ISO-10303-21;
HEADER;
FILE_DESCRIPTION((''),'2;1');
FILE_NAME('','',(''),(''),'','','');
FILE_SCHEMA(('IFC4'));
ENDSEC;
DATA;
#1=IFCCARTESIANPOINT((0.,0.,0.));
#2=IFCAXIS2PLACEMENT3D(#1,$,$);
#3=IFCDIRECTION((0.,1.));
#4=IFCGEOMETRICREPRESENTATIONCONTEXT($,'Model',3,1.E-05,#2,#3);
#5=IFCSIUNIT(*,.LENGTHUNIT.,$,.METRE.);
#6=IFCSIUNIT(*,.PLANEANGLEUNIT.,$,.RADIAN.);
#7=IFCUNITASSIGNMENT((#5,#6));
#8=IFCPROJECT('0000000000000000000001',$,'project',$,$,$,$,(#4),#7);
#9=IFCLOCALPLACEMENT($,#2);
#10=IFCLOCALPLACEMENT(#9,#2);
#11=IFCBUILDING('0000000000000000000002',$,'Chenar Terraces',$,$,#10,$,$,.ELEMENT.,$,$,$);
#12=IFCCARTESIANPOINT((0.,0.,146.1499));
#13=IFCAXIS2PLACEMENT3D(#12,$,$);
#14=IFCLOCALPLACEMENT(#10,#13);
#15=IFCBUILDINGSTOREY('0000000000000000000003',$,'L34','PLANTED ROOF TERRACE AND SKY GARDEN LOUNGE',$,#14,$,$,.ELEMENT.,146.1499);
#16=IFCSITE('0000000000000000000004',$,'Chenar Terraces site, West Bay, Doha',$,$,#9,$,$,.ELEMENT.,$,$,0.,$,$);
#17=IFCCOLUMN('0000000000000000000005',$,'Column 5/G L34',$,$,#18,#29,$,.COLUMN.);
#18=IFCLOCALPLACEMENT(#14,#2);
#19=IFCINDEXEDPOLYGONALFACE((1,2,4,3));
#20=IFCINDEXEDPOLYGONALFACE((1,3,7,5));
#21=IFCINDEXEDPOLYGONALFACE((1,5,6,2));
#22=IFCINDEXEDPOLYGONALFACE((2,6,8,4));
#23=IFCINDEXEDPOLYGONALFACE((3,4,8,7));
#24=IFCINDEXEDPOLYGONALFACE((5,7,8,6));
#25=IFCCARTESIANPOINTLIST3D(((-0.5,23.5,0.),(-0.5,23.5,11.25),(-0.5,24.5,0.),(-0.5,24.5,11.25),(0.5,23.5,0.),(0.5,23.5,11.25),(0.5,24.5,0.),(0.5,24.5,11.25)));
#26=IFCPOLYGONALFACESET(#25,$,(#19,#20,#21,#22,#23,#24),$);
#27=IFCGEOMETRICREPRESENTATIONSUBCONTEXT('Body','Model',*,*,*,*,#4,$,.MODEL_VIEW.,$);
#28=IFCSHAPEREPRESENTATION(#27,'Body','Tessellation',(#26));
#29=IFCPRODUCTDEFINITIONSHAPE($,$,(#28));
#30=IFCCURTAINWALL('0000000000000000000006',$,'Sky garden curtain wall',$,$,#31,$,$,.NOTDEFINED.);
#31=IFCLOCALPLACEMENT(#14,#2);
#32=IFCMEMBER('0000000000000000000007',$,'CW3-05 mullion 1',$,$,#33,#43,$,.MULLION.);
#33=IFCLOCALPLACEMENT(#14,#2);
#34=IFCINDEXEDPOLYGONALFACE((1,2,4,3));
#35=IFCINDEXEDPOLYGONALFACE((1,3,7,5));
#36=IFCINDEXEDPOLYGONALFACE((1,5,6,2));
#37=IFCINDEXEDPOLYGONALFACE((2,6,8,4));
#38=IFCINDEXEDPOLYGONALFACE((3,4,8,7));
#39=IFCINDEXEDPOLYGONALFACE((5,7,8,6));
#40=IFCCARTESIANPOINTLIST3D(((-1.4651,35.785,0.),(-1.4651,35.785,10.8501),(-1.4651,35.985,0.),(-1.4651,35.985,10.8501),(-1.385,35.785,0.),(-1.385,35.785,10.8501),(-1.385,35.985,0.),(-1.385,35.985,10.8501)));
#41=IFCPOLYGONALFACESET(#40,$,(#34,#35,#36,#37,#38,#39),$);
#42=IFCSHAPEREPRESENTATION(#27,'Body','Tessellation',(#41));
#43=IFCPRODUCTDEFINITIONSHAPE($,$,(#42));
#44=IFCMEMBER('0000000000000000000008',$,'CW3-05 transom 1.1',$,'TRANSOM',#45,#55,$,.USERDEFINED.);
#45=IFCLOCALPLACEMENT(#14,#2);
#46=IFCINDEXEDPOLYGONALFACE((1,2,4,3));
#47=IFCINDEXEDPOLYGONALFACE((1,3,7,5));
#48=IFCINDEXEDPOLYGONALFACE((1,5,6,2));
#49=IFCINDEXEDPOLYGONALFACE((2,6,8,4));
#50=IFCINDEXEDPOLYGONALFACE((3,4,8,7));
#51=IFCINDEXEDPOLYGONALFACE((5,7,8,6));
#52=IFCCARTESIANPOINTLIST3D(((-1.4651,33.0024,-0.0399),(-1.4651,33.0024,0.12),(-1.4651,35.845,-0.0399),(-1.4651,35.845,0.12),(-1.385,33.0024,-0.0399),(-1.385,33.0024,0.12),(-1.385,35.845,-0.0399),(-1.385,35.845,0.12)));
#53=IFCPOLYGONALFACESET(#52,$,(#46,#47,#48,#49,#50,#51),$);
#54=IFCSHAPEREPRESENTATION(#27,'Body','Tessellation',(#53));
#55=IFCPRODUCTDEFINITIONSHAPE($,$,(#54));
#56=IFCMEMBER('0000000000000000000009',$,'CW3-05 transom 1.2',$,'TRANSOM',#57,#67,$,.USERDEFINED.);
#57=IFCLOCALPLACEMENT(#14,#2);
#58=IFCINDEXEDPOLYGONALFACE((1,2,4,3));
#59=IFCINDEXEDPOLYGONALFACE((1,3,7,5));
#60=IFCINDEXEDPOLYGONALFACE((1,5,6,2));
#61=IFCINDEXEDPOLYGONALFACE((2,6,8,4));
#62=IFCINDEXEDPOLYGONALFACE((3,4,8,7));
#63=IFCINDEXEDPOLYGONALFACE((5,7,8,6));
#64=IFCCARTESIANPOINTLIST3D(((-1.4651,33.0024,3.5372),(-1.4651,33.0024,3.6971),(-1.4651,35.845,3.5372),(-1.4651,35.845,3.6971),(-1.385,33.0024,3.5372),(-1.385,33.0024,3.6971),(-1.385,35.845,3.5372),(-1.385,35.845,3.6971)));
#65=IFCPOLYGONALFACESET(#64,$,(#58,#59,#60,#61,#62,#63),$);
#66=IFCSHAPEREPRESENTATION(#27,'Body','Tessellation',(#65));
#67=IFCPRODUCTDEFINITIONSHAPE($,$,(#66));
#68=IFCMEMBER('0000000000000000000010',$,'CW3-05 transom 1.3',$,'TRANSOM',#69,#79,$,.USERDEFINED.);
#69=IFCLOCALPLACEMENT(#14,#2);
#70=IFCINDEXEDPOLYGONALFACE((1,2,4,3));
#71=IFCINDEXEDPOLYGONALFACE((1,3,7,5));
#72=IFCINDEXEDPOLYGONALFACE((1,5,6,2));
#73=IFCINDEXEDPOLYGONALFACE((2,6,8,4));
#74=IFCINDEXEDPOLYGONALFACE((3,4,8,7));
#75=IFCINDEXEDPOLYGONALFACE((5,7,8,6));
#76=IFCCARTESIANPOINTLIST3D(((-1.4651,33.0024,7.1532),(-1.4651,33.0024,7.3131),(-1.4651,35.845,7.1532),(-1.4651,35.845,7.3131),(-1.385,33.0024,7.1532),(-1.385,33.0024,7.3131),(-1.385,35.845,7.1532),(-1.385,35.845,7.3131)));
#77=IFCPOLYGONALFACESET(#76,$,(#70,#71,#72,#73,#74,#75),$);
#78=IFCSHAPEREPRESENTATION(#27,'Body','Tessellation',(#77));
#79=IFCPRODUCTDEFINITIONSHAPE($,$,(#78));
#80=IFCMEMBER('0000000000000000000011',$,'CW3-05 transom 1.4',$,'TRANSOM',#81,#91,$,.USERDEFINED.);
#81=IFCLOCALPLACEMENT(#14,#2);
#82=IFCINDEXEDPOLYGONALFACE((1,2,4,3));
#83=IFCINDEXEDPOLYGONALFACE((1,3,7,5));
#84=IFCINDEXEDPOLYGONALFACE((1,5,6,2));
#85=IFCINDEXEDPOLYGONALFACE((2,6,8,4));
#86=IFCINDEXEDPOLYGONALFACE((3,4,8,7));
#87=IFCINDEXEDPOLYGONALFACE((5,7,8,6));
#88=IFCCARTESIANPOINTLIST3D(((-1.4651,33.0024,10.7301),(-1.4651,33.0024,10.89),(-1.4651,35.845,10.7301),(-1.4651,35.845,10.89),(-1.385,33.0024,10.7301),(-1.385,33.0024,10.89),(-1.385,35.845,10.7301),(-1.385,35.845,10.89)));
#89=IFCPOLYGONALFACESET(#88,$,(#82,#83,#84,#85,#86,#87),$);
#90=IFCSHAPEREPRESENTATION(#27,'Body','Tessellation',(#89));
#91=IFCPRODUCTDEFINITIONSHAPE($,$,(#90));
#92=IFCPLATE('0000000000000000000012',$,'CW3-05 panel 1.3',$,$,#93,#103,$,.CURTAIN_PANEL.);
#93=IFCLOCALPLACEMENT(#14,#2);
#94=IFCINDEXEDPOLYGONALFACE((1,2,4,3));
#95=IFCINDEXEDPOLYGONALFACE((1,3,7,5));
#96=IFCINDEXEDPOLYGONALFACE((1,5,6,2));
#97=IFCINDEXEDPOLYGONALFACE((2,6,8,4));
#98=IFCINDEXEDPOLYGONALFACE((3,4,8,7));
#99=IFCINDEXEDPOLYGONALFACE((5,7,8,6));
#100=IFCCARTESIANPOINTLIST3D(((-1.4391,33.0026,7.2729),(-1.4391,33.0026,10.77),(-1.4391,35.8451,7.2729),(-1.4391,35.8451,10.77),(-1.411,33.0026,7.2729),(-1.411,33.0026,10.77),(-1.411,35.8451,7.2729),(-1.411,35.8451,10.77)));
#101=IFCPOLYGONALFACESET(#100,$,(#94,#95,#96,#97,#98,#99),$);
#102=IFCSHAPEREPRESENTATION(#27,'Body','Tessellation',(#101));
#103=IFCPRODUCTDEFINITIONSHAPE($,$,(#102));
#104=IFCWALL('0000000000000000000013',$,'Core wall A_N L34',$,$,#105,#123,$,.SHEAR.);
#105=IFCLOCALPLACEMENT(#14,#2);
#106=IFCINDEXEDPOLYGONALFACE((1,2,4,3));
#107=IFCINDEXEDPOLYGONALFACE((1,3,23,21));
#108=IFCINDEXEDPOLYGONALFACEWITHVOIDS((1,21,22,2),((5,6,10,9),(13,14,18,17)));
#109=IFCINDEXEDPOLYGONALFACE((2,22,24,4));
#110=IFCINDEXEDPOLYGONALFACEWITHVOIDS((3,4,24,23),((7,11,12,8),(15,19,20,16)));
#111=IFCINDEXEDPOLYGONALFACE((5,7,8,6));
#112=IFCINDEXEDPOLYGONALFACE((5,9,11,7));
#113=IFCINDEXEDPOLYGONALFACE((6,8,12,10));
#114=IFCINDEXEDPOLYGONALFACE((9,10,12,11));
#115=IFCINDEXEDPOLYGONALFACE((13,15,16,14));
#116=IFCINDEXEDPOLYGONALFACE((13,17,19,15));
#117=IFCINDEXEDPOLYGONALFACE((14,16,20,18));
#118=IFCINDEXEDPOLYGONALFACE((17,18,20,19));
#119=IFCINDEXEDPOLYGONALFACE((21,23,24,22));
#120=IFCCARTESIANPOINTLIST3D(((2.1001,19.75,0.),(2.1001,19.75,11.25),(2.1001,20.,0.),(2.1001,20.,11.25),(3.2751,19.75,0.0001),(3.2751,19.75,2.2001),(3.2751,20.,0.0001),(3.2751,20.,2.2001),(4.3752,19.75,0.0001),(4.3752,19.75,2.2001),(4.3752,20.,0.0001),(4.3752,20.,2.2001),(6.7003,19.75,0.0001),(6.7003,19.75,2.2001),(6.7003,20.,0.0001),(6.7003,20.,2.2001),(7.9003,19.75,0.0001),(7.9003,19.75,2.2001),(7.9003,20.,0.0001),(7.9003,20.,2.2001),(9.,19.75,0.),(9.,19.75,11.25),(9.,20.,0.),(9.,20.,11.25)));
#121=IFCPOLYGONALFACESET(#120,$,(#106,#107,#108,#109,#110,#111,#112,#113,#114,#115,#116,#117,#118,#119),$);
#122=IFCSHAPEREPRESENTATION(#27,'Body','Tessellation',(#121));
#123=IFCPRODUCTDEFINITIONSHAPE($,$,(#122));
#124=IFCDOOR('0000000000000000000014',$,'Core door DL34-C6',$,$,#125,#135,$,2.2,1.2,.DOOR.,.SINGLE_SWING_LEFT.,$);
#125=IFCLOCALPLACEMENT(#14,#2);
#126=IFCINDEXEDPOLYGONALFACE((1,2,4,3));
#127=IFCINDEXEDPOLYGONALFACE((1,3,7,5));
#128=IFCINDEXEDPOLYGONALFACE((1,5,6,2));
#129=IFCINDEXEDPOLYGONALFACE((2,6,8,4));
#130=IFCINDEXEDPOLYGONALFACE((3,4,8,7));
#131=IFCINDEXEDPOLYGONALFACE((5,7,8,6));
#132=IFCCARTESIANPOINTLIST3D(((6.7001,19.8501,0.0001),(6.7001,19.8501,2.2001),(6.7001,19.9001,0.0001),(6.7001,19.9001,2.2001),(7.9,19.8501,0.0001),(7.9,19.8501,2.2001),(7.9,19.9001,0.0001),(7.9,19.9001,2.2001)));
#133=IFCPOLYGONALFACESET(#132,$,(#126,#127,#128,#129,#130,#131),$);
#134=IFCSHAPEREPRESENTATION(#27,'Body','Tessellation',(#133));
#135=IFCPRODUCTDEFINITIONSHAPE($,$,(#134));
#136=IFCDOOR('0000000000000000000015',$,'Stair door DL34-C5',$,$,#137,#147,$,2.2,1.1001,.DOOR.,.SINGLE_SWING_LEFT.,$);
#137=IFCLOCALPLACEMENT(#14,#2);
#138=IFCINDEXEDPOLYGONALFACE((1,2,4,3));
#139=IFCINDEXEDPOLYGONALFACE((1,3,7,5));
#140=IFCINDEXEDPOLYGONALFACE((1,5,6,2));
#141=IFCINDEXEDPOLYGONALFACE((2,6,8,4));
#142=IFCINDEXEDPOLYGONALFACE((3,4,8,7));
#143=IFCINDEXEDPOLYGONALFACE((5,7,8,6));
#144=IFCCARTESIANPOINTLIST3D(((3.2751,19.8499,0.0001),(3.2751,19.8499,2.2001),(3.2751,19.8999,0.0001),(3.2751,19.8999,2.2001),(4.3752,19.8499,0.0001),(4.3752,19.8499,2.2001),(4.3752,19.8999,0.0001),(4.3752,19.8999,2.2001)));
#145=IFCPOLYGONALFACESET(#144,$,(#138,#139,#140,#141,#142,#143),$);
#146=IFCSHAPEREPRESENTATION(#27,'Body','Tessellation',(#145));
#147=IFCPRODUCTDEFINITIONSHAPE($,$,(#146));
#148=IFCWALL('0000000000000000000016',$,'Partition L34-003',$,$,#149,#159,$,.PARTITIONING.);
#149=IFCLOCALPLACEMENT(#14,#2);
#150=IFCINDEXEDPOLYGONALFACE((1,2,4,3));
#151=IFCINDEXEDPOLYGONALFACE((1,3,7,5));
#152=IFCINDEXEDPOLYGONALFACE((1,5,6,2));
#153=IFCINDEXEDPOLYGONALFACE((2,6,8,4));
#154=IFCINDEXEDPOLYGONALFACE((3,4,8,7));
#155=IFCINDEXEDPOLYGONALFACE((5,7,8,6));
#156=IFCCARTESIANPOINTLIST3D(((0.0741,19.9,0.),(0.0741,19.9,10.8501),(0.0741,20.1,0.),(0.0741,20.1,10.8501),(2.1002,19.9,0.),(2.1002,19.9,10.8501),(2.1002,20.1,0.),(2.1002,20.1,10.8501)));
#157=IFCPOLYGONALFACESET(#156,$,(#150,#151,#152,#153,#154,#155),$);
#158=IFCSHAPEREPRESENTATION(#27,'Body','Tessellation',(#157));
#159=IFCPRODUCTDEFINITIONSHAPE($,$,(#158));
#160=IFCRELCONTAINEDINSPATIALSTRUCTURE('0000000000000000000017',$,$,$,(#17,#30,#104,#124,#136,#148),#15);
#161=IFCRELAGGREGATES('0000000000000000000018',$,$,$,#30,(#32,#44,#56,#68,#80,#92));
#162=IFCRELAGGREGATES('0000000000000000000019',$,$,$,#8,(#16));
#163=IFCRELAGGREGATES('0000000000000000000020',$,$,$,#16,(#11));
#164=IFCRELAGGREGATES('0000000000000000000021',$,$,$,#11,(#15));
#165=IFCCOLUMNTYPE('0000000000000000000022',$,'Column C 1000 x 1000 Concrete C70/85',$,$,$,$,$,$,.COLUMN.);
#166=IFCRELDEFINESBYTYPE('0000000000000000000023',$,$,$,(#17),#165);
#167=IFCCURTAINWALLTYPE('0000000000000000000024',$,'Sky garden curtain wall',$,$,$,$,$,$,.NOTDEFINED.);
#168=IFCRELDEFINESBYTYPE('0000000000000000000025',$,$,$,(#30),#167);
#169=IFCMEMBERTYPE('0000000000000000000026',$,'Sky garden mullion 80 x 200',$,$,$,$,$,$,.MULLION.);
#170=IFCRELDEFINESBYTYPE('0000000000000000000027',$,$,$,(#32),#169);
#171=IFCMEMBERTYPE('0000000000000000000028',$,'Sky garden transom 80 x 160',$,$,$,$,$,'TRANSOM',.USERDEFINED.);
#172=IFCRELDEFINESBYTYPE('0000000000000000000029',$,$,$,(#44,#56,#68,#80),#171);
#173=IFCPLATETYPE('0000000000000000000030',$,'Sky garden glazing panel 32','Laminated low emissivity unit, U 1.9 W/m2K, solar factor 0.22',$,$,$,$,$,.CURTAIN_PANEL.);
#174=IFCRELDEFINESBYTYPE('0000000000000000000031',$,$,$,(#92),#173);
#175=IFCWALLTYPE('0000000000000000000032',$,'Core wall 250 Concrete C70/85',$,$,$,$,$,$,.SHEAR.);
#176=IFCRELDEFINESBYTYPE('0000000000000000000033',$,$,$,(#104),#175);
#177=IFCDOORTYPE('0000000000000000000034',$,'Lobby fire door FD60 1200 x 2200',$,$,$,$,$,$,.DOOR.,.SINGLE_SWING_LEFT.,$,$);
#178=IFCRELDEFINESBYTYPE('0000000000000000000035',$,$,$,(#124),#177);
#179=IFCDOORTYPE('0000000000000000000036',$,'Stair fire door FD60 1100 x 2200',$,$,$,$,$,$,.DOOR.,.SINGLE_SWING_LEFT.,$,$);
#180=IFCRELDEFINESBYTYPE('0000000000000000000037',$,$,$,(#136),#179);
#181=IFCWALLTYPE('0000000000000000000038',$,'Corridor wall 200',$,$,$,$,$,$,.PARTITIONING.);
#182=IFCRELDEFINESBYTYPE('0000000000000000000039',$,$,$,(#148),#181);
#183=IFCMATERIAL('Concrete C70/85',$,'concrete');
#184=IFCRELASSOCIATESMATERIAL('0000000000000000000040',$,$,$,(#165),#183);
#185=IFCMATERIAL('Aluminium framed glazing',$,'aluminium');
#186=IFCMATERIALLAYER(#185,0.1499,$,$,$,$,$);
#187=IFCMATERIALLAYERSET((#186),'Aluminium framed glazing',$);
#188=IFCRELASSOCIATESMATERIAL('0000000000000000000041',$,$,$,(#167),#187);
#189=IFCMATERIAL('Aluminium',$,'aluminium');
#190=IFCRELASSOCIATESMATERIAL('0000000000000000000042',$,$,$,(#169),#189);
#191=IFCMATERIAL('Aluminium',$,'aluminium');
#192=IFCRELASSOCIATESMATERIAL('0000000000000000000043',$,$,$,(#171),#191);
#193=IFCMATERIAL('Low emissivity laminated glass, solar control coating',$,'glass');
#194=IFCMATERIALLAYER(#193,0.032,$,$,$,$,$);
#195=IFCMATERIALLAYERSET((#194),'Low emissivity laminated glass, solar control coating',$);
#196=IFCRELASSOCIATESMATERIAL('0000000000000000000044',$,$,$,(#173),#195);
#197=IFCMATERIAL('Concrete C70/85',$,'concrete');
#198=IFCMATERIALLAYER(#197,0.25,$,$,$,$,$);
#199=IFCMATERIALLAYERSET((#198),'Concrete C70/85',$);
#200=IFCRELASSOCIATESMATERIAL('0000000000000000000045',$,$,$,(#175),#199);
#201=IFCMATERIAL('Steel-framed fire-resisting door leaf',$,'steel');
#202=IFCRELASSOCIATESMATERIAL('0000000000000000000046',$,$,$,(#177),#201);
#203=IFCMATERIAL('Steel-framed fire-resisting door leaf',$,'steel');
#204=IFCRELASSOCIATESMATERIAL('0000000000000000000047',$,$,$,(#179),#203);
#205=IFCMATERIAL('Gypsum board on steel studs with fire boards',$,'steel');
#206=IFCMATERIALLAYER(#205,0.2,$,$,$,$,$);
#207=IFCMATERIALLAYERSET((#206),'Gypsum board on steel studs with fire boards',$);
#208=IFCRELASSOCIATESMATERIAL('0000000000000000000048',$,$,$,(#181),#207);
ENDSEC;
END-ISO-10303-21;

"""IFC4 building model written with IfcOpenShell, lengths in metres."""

from ifc_helpers import new_model, si_unit, direction, frame, frame_2d, origin, origin_2d, place, context, subcontext, project, spatial, rectangle, extrude, material, layer, layer_set, material_profile, profile_set, type_object, element, fill, aggregate, save


model = new_model("IFC4")

# Units and contexts
model_context = context("Model", 3, precision=1e-05, world=origin(), true_north=direction((0.0, 1.0)))
body_context = subcontext(model_context, "Body", "Model", "MODEL_VIEW")
ifc_project = project(units=[si_unit("LENGTHUNIT", "METRE"), si_unit("PLANEANGLEUNIT", "RADIAN")], contexts=[model_context])

# Site, building, storey
site_placement = place(None, origin())
site = spatial("IfcSite", under=ifc_project, at=site_placement, Name="Chenar Terraces site, West Bay, Doha", CompositionType="ELEMENT", RefElevation=0.0)
building_placement = place(site_placement, origin())
building = spatial("IfcBuilding", under=site, at=building_placement, Name="Chenar Terraces", CompositionType="ELEMENT")
storey_placement = place(building_placement, frame((0.0, 0.0, 146.1499)))
storey = spatial("IfcBuildingStorey", under=building, at=storey_placement, Name="L34", Description="PLANTED ROOF TERRACE AND SKY GARDEN LOUNGE", CompositionType="ELEMENT", Elevation=146.1499)

# Column
ifc_material_1 = material(Name="Concrete C70/85", Category="concrete")
ifc_material_profile_1 = material_profile(ifc_material_1, rectangle(XDim=1.0, YDim=1.0, at=origin_2d()), Name="C 1000 x 1000")
ifc_profile_set_1 = profile_set([ifc_material_profile_1], Name="Concrete C70/85")
column_type = type_object("IfcColumnType", Name="Column C 1000 x 1000 Concrete C70/85", PredefinedType="COLUMN", material=ifc_profile_set_1)
column_placement = place(storey_placement, frame((0.0, 24.0, 0.0), z_axis=(0.0, 0.0, 1.0), x_axis=(1.0, 0.0, 0.0)))
element("IfcColumn", 1, at=column_placement, inside=storey, type_object=column_type, Name="Column 5/G L34", PredefinedType="COLUMN", context=body_context, shape_type="SweptSolid", body=[
    extrude(rectangle(XDim=1.0, YDim=1.0, at=origin_2d()), origin(), (0.0, 0.0, 1.0), 11.25),
])

# Curtain wall, members, plate
ifc_material_2 = material(Name="Aluminium framed glazing", Category="aluminium")
ifc_layer_1 = layer(ifc_material_2, 0.1499)
ifc_layer_set_1 = layer_set([ifc_layer_1], Name="Aluminium framed glazing")
curtain_wall_type = type_object("IfcCurtainWallType", Name="Sky garden curtain wall", PredefinedType="NOTDEFINED", material=ifc_layer_set_1)
placement = place(storey_placement, origin())
curtain_wall = element("IfcCurtainWall", 2, at=placement, inside=storey, type_object=curtain_wall_type, Name="Sky garden curtain wall", PredefinedType="NOTDEFINED")
ifc_material_3 = material(Name="Aluminium", Category="aluminium")
ifc_material_profile_2 = material_profile(ifc_material_3, rectangle(XDim=0.0801, YDim=0.2, at=origin_2d()), Name="Sky garden mullion 80 x 200")
ifc_profile_set_2 = profile_set([ifc_material_profile_2], Name="Aluminium")
member_type_1 = type_object("IfcMemberType", Name="Sky garden mullion 80 x 200", PredefinedType="MULLION", material=ifc_profile_set_2)
member_1_placement = place(storey_placement, frame((-1.425, 35.885, 0.0), z_axis=(0.0, 0.0, 1.0), x_axis=(1.0, 0.0, 0.0)))
member_1 = element("IfcMember", 3, at=member_1_placement, type_object=member_type_1, Name="CW3-05 mullion 1", PredefinedType="MULLION", context=body_context, shape_type="SweptSolid", body=[
    extrude(rectangle(XDim=0.0801, YDim=0.2, at=origin_2d()), origin(), (0.0, 0.0, 1.0), 10.8501),
])
ifc_material_4 = material(Name="Aluminium", Category="aluminium")
ifc_material_profile_3 = material_profile(ifc_material_4, rectangle(XDim=0.0801, YDim=0.1599, at=origin_2d()), Name="Sky garden transom 80 x 160")
ifc_profile_set_3 = profile_set([ifc_material_profile_3], Name="Aluminium")
member_type_2 = type_object("IfcMemberType", Name="Sky garden transom 80 x 160", ElementType="TRANSOM", PredefinedType="USERDEFINED", material=ifc_profile_set_3)
member_2_placement = place(storey_placement, frame((-1.425, 35.845, 0.04), z_axis=(0.0, -1.0, 0.0), x_axis=(1.0, 0.0, 0.0)))
member_2 = element("IfcMember", 4, at=member_2_placement, type_object=member_type_2, Name="CW3-05 transom 1.1", ObjectType="TRANSOM", PredefinedType="USERDEFINED", context=body_context, shape_type="SweptSolid", body=[
    extrude(rectangle(XDim=0.0801, YDim=0.1599, at=origin_2d()), origin(), (0.0, 0.0, 1.0), 2.8425),
])
member_3_placement = place(storey_placement, frame((-1.425, 35.845, 3.6172), z_axis=(0.0, -1.0, 0.0), x_axis=(1.0, 0.0, 0.0)))
member_3 = element("IfcMember", 5, at=member_3_placement, type_object=member_type_2, Name="CW3-05 transom 1.2", ObjectType="TRANSOM", PredefinedType="USERDEFINED", context=body_context, shape_type="SweptSolid", body=[
    extrude(rectangle(XDim=0.0801, YDim=0.1599, at=origin_2d()), origin(), (0.0, 0.0, 1.0), 2.8425),
])
member_4_placement = place(storey_placement, frame((-1.425, 35.845, 7.2332), z_axis=(0.0, -1.0, 0.0), x_axis=(1.0, 0.0, 0.0)))
member_4 = element("IfcMember", 6, at=member_4_placement, type_object=member_type_2, Name="CW3-05 transom 1.3", ObjectType="TRANSOM", PredefinedType="USERDEFINED", context=body_context, shape_type="SweptSolid", body=[
    extrude(rectangle(XDim=0.0801, YDim=0.1599, at=origin_2d()), origin(), (0.0, 0.0, 1.0), 2.8425),
])
member_5_placement = place(storey_placement, frame((-1.425, 35.845, 10.8101), z_axis=(0.0, -1.0, 0.0), x_axis=(1.0, 0.0, 0.0)))
member_5 = element("IfcMember", 7, at=member_5_placement, type_object=member_type_2, Name="CW3-05 transom 1.4", ObjectType="TRANSOM", PredefinedType="USERDEFINED", context=body_context, shape_type="SweptSolid", body=[
    extrude(rectangle(XDim=0.0801, YDim=0.1599, at=origin_2d()), origin(), (0.0, 0.0, 1.0), 2.8425),
])
ifc_material_5 = material(Name="Low emissivity laminated glass, solar control coating", Category="glass")
ifc_layer_2 = layer(ifc_material_5, 0.032)
ifc_layer_set_2 = layer_set([ifc_layer_2], Name="Low emissivity laminated glass, solar control coating")
plate_type = type_object("IfcPlateType", Name="Sky garden glazing panel 32", Description="Laminated low emissivity unit, U 1.9 W/m2K, solar factor 0.22", PredefinedType="CURTAIN_PANEL", material=ifc_layer_set_2)
plate_placement = place(storey_placement, frame((-1.425, 34.4238, 7.2729), z_axis=(0.0, 0.0, 1.0), x_axis=(0.0, -1.0, 0.0)))
plate = element("IfcPlate", 8, at=plate_placement, type_object=plate_type, Name="CW3-05 panel 1.3", PredefinedType="CURTAIN_PANEL", context=body_context, shape_type="SweptSolid", body=[
    extrude(rectangle(XDim=2.8425, YDim=0.0281, at=origin_2d()), origin(), (0.0, 0.0, 1.0), 3.4971),
])
aggregate(curtain_wall, [member_1, member_2, member_3, member_4, member_5, plate])

# Wall, openings, doors
ifc_material_6 = material(Name="Concrete C70/85", Category="concrete")
ifc_layer_3 = layer(ifc_material_6, 0.25)
ifc_layer_set_3 = layer_set([ifc_layer_3], Name="Concrete C70/85")
wall_type_1 = type_object("IfcWallType", Name="Core wall 250 Concrete C70/85", PredefinedType="SHEAR", material=ifc_layer_set_3)
wall_1_placement = place(storey_placement, frame((2.1001, 19.875, 0.0), z_axis=(0.0, 0.0, 1.0), x_axis=(1.0, 0.0, 0.0)))
wall_1 = element("IfcWall", 9, at=wall_1_placement, inside=storey, type_object=wall_type_1, Name="Core wall A_N L34", PredefinedType="SHEAR", context=body_context, shape_type="SweptSolid", body=[
    extrude(rectangle(XDim=6.8999, YDim=0.25, at=frame_2d((3.45, 0.0))), origin(), (0.0, 0.0, 1.0), 11.25),
])
opening_1_placement = place(wall_1_placement, frame((1.175, 0.0, 0.0)))
opening_1 = element("IfcOpeningElement", 10, at=opening_1_placement, cuts=wall_1, PredefinedType="OPENING", context=body_context, shape_type="SweptSolid", body=[
    extrude(rectangle(XDim=1.1001, YDim=2.2, at=frame_2d((0.55, 1.1001))), frame((0.0, 0.135, 0.0), z_axis=(0.0, -1.0, 0.0), x_axis=(1.0, 0.0, 0.0)), (0.0, 0.0, 1.0), 0.27),
])
opening_2_placement = place(wall_1_placement, frame((4.6001, 0.0, 0.0)))
opening_2 = element("IfcOpeningElement", 11, at=opening_2_placement, cuts=wall_1, PredefinedType="OPENING", context=body_context, shape_type="SweptSolid", body=[
    extrude(rectangle(XDim=1.2, YDim=2.2, at=frame_2d((0.6001, 1.1001))), frame((0.0, 0.135, 0.0), z_axis=(0.0, -1.0, 0.0), x_axis=(1.0, 0.0, 0.0)), (0.0, 0.0, 1.0), 0.27),
])
ifc_material_7 = material(Name="Steel-framed fire-resisting door leaf", Category="steel")
door_type_1 = type_object("IfcDoorType", Name="Lobby fire door FD60 1200 x 2200", OperationType="SINGLE_SWING_LEFT", PredefinedType="DOOR", material=ifc_material_7)
door_1_placement = place(opening_2_placement, frame((1.2, 0.0, 0.0), z_axis=(0.0, 0.0, 1.0), x_axis=(-1.0, 0.0, 0.0)))
door_1 = element("IfcDoor", 12, at=door_1_placement, inside=storey, type_object=door_type_1, Name="Core door DL34-C6", OperationType="SINGLE_SWING_LEFT", OverallHeight=2.2, OverallWidth=1.2, PredefinedType="DOOR", context=body_context, shape_type="SweptSolid", body=[
    extrude(rectangle(XDim=1.2, YDim=2.2, at=frame_2d((0.6001, 1.1001))), frame((0.0, 0.0249, 0.0), z_axis=(0.0, -1.0, 0.0), x_axis=(1.0, 0.0, 0.0)), (0.0, 0.0, 1.0), 0.05),
])
fill(opening_2, door_1)
ifc_material_8 = material(Name="Steel-framed fire-resisting door leaf", Category="steel")
door_type_2 = type_object("IfcDoorType", Name="Stair fire door FD60 1100 x 2200", OperationType="SINGLE_SWING_LEFT", PredefinedType="DOOR", material=ifc_material_8)
door_2_placement = place(opening_1_placement, origin())
door_2 = element("IfcDoor", 13, at=door_2_placement, inside=storey, type_object=door_type_2, Name="Stair door DL34-C5", OperationType="SINGLE_SWING_LEFT", OverallHeight=2.2, OverallWidth=1.1001, PredefinedType="DOOR", context=body_context, shape_type="SweptSolid", body=[
    extrude(rectangle(XDim=1.1001, YDim=2.2, at=frame_2d((0.55, 1.1001))), frame((0.0, 0.0249, 0.0), z_axis=(0.0, -1.0, 0.0), x_axis=(1.0, 0.0, 0.0)), (0.0, 0.0, 1.0), 0.05),
])
fill(opening_1, door_2)

# Wall
ifc_material_9 = material(Name="Gypsum board on steel studs with fire boards", Category="steel")
ifc_layer_4 = layer(ifc_material_9, 0.2)
ifc_layer_set_4 = layer_set([ifc_layer_4], Name="Gypsum board on steel studs with fire boards")
wall_type_2 = type_object("IfcWallType", Name="Corridor wall 200", PredefinedType="PARTITIONING", material=ifc_layer_set_4)
wall_2_placement = place(storey_placement, frame((0.074, 20.0, 0.0), z_axis=(0.0, 0.0, 1.0), x_axis=(1.0, 0.0, 0.0)))
element("IfcWall", 14, at=wall_2_placement, inside=storey, type_object=wall_type_2, Name="Partition L34-003", PredefinedType="PARTITIONING", context=body_context, shape_type="SweptSolid", body=[
    extrude(rectangle(XDim=2.0261, YDim=0.2, at=frame_2d((1.0132, 0.0))), origin(), (0.0, 0.0, 1.0), 10.8501),
])

save(model, "model.ifc")
